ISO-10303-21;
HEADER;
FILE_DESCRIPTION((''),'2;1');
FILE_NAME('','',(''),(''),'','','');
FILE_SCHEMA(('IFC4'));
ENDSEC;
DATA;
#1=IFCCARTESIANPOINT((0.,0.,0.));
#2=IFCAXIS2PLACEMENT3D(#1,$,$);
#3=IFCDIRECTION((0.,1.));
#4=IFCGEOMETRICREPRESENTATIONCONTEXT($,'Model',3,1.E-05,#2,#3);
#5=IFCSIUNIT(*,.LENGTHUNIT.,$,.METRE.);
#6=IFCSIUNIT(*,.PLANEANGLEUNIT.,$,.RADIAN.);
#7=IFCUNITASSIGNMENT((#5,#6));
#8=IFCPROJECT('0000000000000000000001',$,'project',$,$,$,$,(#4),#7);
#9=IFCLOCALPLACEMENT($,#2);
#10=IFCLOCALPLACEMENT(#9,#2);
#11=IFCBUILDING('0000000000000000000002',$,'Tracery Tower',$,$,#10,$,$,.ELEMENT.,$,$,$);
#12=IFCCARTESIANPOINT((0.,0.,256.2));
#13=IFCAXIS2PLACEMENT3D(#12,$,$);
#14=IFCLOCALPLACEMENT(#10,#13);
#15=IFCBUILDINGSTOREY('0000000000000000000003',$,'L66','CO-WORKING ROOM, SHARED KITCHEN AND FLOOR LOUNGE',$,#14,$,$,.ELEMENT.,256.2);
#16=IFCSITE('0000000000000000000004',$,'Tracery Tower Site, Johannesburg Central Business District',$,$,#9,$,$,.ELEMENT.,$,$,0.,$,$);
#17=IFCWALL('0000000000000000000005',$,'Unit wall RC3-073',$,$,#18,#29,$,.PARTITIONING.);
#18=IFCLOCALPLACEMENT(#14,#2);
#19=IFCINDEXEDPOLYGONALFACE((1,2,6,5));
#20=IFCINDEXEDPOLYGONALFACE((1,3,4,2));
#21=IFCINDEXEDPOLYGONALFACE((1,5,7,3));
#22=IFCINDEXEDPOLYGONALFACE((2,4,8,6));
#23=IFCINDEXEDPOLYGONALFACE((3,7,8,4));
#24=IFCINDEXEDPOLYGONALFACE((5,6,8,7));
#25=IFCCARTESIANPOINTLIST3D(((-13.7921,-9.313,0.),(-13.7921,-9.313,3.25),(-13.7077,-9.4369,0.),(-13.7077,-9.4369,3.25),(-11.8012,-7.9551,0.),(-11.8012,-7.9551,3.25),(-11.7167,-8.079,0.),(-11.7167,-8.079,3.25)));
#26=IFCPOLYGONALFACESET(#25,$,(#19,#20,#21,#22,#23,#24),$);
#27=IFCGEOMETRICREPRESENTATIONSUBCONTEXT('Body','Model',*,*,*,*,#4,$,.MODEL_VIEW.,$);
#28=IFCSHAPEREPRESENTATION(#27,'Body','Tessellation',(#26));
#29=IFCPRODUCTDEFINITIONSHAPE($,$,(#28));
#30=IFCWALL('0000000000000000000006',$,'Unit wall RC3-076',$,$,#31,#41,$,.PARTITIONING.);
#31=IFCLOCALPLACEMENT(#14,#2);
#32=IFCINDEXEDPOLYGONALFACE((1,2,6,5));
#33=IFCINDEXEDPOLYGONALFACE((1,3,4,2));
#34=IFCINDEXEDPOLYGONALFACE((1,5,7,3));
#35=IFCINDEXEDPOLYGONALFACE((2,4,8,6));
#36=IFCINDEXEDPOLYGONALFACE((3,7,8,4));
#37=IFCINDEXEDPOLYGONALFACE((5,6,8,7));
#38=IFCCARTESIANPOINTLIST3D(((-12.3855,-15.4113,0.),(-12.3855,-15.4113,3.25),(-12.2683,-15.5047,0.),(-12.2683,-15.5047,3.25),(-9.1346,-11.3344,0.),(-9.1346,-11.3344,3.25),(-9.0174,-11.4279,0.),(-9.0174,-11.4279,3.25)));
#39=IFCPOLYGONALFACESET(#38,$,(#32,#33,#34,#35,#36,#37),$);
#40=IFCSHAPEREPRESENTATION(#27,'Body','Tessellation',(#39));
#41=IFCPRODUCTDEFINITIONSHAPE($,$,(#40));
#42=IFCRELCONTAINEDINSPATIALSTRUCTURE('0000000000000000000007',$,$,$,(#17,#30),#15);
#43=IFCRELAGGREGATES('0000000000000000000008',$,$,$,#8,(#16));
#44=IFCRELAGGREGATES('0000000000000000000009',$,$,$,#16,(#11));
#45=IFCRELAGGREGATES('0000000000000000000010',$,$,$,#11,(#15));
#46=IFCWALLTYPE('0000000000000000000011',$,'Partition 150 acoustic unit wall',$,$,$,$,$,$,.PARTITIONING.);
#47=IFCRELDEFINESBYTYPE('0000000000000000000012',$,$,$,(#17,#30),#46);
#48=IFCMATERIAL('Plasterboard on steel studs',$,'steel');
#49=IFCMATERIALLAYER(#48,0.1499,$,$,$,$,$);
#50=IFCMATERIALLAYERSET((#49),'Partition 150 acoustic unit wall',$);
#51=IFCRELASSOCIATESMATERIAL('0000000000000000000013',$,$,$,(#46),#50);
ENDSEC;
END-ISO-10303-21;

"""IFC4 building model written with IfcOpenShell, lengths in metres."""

from ifc_helpers import new_model, si_unit, direction, frame, frame_2d, origin, place, context, subcontext, project, spatial, rectangle, extrude, material, layer, layer_set, type_object, element, save


model = new_model("IFC4")

# Units and contexts
model_context = context("Model", 3, precision=1e-05, world=origin(), true_north=direction((0.0, 1.0)))
body_context = subcontext(model_context, "Body", "Model", "MODEL_VIEW")
ifc_project = project(units=[si_unit("LENGTHUNIT", "METRE"), si_unit("PLANEANGLEUNIT", "RADIAN")], contexts=[model_context])

# Site, building, storey
site_placement = place(None, origin())
site = spatial("IfcSite", under=ifc_project, at=site_placement, Name="Tracery Tower Site, Johannesburg Central Business District", CompositionType="ELEMENT", RefElevation=0.0)
building_placement = place(site_placement, origin())
building = spatial("IfcBuilding", under=site, at=building_placement, Name="Tracery Tower", CompositionType="ELEMENT")
storey_placement = place(building_placement, frame((0.0, 0.0, 256.2)))
storey = spatial("IfcBuildingStorey", under=building, at=storey_placement, Name="L66", Description="CO-WORKING ROOM, SHARED KITCHEN AND FLOOR LOUNGE", CompositionType="ELEMENT", Elevation=256.2)

# Walls
ifc_material_1 = material(Name="Plasterboard on steel studs", Category="steel")
ifc_layer_1 = layer(ifc_material_1, 0.1499)
ifc_layer_set_1 = layer_set([ifc_layer_1], Name="Partition 150 acoustic unit wall")
wall_type_1 = type_object("IfcWallType", Name="Partition 150 acoustic unit wall", PredefinedType="PARTITIONING", material=ifc_layer_set_1)
wall_1_placement = place(storey_placement, frame((-13.75, -9.375, 0.0), z_axis=(0.0, 0.0, 1.0), x_axis=(0.826144, 0.563459, 0.0)))
element("IfcWall", 1, at=wall_1_placement, inside=storey, type_object=wall_type_1, Name="Unit wall RC3-073", PredefinedType="PARTITIONING", context=body_context, shape_type="SweptSolid", body=[
    extrude(rectangle(XDim=2.4099, YDim=0.1499, at=frame_2d((1.2051, 0.0))), origin(), (0.0, 0.0, 1.0), 3.25),
])
wall_2_placement = place(storey_placement, frame((-12.3269, -15.458, 0.0), z_axis=(0.0, 0.0, 1.0), x_axis=(0.623461, 0.781854, 0.0)))
element("IfcWall", 2, at=wall_2_placement, inside=storey, type_object=wall_type_1, Name="Unit wall RC3-076", PredefinedType="PARTITIONING", context=body_context, shape_type="SweptSolid", body=[
    extrude(rectangle(XDim=5.2144, YDim=0.1499, at=frame_2d((2.6072, 0.0))), origin(), (0.0, 0.0, 1.0), 3.25),
])

save(model, "model.ifc")
